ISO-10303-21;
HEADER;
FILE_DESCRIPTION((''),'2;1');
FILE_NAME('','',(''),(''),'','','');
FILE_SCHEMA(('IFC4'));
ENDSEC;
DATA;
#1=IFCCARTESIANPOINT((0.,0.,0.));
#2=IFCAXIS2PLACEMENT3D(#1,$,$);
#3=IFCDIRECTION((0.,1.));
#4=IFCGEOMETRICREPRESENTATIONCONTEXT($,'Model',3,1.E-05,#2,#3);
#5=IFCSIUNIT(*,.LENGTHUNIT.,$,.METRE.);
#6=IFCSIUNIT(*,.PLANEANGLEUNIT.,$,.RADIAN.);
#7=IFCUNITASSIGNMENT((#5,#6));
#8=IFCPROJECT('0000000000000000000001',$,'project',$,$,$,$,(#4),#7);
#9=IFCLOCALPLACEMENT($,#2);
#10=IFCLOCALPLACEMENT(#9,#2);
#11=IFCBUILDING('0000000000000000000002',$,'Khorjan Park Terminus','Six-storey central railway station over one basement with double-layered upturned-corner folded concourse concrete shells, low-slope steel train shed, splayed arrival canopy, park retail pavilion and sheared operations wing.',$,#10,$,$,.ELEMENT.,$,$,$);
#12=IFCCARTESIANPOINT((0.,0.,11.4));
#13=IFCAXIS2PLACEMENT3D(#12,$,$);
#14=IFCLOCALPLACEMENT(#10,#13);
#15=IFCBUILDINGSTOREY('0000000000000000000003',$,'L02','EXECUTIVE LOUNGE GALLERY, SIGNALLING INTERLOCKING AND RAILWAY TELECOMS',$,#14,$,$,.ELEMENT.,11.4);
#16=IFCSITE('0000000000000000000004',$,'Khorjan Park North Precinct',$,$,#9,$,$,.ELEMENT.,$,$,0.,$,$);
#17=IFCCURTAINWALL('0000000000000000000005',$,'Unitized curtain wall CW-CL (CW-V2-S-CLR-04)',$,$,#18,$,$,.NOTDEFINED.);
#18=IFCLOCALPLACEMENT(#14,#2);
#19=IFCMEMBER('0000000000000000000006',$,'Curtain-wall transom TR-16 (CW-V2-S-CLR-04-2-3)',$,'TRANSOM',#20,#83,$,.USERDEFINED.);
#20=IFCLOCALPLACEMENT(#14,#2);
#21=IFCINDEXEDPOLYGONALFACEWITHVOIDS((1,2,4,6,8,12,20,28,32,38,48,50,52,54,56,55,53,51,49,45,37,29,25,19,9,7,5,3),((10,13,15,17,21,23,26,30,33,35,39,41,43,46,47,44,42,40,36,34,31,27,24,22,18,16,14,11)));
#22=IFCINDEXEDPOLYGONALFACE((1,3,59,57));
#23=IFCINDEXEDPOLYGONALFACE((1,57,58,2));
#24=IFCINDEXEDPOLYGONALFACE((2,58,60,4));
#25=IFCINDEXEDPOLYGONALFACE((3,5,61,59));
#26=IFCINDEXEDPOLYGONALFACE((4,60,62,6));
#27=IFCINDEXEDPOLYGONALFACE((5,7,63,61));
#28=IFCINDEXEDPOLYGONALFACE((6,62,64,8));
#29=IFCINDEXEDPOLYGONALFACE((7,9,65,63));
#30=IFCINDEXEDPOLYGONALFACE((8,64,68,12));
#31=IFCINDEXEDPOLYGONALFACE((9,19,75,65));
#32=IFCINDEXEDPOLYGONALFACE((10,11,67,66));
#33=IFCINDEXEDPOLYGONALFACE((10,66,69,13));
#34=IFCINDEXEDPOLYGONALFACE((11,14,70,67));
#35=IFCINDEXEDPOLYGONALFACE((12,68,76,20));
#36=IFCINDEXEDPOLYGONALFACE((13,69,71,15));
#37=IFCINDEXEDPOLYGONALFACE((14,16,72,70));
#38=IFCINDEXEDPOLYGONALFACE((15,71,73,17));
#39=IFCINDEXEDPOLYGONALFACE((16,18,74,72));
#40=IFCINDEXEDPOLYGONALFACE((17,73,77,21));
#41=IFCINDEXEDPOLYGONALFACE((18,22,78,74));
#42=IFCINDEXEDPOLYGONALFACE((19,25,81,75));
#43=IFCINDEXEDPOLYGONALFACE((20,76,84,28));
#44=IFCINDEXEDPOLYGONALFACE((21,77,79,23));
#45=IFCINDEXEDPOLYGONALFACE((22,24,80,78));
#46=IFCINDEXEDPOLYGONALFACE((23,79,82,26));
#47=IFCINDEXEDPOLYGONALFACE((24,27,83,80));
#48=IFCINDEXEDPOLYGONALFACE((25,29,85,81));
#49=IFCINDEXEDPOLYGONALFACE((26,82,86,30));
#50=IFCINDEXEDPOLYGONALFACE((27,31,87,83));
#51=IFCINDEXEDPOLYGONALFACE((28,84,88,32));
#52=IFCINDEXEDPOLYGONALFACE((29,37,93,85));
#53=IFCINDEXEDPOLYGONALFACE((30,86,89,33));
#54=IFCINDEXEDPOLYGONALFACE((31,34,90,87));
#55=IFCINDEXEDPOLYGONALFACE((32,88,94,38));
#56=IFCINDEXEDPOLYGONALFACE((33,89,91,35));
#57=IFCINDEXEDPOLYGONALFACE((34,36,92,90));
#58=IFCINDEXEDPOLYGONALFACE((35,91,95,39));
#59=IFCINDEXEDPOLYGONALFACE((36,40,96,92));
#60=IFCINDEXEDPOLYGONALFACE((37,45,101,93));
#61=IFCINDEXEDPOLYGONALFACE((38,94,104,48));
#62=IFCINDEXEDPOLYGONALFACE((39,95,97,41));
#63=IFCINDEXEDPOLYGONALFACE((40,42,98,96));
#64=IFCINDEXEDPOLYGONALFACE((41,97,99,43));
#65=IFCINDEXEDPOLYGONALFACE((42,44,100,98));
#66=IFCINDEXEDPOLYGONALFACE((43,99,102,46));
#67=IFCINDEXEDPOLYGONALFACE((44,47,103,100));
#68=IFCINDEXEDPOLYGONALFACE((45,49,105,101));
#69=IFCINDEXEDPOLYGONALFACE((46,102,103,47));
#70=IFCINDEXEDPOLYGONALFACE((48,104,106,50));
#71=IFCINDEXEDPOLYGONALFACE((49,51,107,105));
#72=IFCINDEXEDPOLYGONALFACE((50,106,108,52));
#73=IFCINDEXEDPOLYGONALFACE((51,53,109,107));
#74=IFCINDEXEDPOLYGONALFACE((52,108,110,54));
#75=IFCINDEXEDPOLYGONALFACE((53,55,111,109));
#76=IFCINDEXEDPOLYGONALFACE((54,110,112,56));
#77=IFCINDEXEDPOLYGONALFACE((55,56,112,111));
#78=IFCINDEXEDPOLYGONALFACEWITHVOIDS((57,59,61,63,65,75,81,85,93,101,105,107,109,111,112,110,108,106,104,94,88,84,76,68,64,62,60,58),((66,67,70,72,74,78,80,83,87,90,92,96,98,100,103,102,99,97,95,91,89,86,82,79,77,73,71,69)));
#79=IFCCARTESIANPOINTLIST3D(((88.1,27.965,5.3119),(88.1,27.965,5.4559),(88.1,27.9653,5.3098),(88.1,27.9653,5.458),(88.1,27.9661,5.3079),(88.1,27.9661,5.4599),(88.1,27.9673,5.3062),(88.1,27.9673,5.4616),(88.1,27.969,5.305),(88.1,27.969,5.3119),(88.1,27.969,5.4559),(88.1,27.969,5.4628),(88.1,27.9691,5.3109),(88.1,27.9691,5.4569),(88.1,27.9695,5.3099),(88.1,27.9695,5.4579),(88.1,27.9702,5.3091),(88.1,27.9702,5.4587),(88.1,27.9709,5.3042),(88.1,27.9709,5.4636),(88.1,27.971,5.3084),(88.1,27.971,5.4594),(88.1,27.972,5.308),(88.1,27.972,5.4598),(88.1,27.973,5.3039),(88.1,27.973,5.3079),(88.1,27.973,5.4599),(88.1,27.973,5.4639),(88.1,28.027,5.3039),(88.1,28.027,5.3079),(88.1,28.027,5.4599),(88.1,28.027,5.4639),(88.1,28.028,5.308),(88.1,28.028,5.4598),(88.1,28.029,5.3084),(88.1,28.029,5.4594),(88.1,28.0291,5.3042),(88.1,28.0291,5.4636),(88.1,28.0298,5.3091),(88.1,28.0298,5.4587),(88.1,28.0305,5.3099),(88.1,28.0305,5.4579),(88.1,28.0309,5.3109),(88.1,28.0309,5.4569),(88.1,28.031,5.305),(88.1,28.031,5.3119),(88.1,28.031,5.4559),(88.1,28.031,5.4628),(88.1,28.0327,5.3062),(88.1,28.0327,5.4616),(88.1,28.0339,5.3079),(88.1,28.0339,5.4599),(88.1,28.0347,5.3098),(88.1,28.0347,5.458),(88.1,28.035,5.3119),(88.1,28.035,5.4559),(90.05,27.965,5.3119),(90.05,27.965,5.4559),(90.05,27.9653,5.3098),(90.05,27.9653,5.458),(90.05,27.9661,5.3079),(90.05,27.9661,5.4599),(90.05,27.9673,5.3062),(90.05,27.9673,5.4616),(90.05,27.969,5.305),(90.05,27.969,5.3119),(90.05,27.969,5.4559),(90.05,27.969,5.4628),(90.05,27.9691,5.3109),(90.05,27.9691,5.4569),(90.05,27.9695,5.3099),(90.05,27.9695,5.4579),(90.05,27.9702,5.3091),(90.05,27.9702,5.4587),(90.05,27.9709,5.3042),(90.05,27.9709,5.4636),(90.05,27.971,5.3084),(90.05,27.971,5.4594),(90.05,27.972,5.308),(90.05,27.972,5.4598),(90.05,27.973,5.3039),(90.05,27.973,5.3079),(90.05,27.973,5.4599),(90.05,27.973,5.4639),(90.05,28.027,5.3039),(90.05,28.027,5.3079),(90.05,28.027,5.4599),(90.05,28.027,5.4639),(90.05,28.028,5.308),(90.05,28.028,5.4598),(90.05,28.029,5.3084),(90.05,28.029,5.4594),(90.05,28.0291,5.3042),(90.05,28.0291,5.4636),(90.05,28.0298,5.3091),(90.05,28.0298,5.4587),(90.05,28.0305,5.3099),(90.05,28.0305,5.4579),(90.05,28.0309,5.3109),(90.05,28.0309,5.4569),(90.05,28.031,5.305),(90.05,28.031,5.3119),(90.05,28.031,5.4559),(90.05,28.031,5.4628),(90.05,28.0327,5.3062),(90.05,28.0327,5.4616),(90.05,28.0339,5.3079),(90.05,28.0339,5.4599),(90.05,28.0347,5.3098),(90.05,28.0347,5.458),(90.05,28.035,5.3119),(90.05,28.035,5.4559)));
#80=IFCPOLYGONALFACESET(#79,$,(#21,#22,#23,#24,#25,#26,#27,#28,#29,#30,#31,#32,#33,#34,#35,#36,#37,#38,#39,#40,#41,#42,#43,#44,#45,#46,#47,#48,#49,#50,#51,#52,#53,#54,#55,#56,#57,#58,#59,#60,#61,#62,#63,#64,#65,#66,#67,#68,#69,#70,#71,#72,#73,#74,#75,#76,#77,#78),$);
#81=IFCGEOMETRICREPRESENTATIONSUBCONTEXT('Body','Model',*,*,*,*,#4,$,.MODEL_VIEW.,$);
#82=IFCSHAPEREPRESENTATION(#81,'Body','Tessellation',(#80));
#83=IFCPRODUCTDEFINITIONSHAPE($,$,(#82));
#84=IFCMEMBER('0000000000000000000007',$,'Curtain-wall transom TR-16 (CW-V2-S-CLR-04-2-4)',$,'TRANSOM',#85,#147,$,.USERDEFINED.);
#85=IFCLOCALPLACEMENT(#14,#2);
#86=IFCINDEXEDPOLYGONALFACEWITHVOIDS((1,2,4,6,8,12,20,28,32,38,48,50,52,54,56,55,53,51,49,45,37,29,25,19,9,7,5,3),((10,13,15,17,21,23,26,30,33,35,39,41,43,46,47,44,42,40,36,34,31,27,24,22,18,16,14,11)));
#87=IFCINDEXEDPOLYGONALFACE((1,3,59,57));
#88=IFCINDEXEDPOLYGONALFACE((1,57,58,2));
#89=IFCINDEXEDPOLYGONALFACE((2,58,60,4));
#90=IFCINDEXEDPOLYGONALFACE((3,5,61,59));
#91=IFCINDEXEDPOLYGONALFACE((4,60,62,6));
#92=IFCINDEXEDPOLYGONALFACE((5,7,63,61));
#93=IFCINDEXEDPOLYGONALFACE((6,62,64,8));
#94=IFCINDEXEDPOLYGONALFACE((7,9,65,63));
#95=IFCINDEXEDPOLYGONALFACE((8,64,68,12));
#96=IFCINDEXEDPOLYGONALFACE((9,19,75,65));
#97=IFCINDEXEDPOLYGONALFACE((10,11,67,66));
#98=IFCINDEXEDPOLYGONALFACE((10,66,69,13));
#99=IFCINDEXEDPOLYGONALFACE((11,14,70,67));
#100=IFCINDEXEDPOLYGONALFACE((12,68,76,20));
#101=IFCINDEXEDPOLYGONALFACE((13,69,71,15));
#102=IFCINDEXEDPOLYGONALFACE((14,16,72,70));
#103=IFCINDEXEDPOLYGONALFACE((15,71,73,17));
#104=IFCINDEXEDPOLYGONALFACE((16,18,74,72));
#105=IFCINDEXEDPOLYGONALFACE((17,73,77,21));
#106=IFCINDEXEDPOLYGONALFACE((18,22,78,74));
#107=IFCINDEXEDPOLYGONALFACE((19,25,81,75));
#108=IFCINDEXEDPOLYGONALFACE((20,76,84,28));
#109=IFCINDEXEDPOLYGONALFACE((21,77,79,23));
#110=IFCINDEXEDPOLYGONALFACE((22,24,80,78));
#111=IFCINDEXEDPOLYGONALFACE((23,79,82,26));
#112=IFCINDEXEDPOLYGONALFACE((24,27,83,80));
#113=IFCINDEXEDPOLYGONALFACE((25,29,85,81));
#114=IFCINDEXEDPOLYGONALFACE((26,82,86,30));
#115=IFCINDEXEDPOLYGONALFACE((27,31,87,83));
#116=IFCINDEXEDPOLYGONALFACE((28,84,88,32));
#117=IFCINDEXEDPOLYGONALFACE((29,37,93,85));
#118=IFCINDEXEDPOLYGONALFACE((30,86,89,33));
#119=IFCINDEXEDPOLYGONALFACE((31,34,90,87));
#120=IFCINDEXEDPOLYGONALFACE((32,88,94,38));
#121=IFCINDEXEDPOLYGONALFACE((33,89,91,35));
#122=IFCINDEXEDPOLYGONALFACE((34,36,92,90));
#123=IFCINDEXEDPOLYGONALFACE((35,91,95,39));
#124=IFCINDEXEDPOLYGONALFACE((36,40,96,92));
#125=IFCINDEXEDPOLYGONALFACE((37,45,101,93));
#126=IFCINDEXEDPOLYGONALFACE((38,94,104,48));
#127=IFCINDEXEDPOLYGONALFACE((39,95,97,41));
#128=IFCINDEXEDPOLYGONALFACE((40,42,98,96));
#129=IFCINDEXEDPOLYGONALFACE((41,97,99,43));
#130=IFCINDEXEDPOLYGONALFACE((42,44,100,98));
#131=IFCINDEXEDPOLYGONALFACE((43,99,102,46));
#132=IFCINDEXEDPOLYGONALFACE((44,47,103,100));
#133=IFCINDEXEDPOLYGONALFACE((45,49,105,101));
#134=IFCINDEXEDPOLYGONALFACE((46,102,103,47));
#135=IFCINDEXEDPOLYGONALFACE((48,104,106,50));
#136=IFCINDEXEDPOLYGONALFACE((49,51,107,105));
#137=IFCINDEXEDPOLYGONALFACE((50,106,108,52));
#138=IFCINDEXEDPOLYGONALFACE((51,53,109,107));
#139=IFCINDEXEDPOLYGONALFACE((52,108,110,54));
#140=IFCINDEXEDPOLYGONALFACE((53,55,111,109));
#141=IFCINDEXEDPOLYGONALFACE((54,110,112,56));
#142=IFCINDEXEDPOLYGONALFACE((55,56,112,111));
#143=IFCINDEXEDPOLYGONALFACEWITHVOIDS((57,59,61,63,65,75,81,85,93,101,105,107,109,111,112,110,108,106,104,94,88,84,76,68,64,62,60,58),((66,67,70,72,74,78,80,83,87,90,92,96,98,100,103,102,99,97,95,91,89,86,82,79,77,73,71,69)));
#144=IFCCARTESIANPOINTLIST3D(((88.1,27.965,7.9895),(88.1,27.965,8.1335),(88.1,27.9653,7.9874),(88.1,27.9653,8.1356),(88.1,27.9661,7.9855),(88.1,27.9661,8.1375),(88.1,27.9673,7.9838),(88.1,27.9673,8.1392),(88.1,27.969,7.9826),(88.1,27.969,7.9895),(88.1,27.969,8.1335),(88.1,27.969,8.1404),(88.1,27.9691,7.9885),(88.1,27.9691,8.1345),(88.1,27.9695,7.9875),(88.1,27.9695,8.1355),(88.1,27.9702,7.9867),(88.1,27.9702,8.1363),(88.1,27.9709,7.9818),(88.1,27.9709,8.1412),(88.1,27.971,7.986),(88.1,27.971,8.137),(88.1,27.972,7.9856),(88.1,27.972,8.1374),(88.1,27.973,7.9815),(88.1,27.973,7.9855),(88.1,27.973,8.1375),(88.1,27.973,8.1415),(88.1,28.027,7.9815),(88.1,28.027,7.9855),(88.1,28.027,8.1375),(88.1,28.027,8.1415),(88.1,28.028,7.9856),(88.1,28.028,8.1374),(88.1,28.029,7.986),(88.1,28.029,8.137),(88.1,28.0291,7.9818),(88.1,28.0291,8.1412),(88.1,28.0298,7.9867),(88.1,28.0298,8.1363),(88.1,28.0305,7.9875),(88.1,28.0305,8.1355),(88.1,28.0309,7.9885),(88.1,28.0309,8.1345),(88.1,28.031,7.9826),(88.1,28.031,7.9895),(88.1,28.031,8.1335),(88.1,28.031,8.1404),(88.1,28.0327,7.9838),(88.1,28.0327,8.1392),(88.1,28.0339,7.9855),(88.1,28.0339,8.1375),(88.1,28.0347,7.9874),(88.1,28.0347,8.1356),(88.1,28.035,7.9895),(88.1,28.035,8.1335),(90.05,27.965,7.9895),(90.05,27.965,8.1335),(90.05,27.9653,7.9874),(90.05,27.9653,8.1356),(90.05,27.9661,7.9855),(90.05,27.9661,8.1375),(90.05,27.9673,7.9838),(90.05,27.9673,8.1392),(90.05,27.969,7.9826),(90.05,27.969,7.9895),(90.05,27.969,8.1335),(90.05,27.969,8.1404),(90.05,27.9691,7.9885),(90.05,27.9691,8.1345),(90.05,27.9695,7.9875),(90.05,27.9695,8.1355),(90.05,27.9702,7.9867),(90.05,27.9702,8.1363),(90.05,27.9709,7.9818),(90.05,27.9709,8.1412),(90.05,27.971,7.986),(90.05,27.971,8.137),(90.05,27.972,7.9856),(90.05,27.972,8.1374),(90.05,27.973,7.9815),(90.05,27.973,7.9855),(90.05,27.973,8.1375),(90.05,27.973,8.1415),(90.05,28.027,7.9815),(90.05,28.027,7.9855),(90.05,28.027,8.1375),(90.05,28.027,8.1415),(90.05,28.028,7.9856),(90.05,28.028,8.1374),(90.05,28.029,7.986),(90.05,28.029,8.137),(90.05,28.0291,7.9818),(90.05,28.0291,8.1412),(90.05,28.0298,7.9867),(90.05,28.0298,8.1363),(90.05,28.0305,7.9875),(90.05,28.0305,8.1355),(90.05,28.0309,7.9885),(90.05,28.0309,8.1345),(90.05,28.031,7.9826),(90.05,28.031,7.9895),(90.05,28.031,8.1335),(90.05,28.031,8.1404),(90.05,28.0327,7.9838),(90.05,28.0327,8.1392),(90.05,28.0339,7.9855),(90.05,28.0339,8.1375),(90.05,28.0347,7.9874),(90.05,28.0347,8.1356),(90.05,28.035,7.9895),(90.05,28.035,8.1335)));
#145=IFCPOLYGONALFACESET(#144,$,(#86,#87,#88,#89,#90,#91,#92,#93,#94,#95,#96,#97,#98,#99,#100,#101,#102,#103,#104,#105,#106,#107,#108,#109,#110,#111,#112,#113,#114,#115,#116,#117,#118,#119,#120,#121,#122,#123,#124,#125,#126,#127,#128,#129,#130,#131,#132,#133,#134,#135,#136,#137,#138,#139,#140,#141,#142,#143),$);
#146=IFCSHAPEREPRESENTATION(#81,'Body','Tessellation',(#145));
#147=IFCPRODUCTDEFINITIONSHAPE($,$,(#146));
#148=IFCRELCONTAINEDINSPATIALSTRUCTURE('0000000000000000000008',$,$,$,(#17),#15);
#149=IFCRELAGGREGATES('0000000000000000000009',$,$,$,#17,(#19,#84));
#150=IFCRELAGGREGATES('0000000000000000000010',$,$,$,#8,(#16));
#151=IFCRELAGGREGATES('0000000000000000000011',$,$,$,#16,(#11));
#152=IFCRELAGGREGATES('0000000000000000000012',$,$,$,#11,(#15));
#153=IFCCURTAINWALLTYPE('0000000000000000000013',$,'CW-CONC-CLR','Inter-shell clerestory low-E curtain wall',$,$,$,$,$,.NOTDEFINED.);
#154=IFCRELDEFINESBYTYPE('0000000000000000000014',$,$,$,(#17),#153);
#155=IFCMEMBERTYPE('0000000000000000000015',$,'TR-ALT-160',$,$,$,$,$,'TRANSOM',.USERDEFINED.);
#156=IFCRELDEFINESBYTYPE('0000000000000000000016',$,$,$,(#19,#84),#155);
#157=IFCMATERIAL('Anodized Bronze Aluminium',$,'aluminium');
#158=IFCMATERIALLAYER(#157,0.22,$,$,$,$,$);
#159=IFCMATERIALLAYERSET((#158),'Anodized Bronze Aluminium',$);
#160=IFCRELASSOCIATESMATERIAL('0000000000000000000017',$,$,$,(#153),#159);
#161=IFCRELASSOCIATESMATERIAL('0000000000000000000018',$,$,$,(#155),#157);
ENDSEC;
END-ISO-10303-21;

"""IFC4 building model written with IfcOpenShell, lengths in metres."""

from ifc_helpers import new_model, si_unit, direction, frame, origin, origin_2d, place, context, subcontext, project, spatial, hollow_rectangle, extrude, material, layer, layer_set, material_profile, profile_set, type_object, element, aggregate, save


model = new_model("IFC4")

# Units and contexts
model_context = context("Model", 3, precision=1e-05, world=origin(), true_north=direction((0.0, 1.0)))
body_context = subcontext(model_context, "Body", "Model", "MODEL_VIEW")
ifc_project = project(units=[si_unit("LENGTHUNIT", "METRE"), si_unit("PLANEANGLEUNIT", "RADIAN")], contexts=[model_context])

# Site, building, storey
site_placement = place(None, origin())
site = spatial("IfcSite", under=ifc_project, at=site_placement, Name="Khorjan Park North Precinct", CompositionType="ELEMENT", RefElevation=0.0)
building_placement = place(site_placement, origin())
building = spatial("IfcBuilding", under=site, at=building_placement, Name="Khorjan Park Terminus", Description="Six-storey central railway station over one basement with double-layered upturned-corner folded concourse concrete shells, low-slope steel train shed, splayed arrival canopy, park retail pavilion and sheared operations wing.", CompositionType="ELEMENT")
storey_placement = place(building_placement, frame((0.0, 0.0, 11.4)))
storey = spatial("IfcBuildingStorey", under=building, at=storey_placement, Name="L02", Description="EXECUTIVE LOUNGE GALLERY, SIGNALLING INTERLOCKING AND RAILWAY TELECOMS", CompositionType="ELEMENT", Elevation=11.4)

# Curtain wall
ifc_material_1 = material(Name="Anodized Bronze Aluminium", Category="aluminium")
ifc_layer_1 = layer(ifc_material_1, 0.22)
ifc_layer_set_1 = layer_set([ifc_layer_1], Name="Anodized Bronze Aluminium")
curtain_wall_type = type_object("IfcCurtainWallType", Name="CW-CONC-CLR", Description="Inter-shell clerestory low-E curtain wall", PredefinedType="NOTDEFINED", material=ifc_layer_set_1)
curtain_wall_1_placement = place(storey_placement, origin())
curtain_wall_1 = element("IfcCurtainWall", 1, at=curtain_wall_1_placement, inside=storey, type_object=curtain_wall_type, Name="Unitized curtain wall CW-CL (CW-V2-S-CLR-04)", PredefinedType="NOTDEFINED")

# Members
ifc_material_profile_1 = material_profile(ifc_material_1, hollow_rectangle(XDim=0.07, YDim=0.16, WallThickness=0.004, InnerFilletRadius=0.004, OuterFilletRadius=0.008, at=origin_2d()), Name="ALT 70x160x4")
ifc_profile_set_1 = profile_set([ifc_material_profile_1], Name="Anodized Bronze Aluminium")
member_type_1 = type_object("IfcMemberType", Name="TR-ALT-160", ElementType="TRANSOM", PredefinedType="USERDEFINED", material=ifc_profile_set_1)
member_1_placement = place(storey_placement, frame((88.1, 28.0, 5.3839), z_axis=(1.0, 0.0, 0.0), x_axis=(0.0, 1.0, 0.0)))
member_1 = element("IfcMember", 2, at=member_1_placement, type_object=member_type_1, Name="Curtain-wall transom TR-16 (CW-V2-S-CLR-04-2-3)", ObjectType="TRANSOM", PredefinedType="USERDEFINED", context=body_context, shape_type="SweptSolid", body=[
    extrude(hollow_rectangle(XDim=0.07, YDim=0.16, WallThickness=0.004, InnerFilletRadius=0.004, OuterFilletRadius=0.008, at=origin_2d()), origin(), (0.0, 0.0, 1.0), 1.95),
])
member_2_placement = place(storey_placement, frame((88.1, 28.0, 8.0615), z_axis=(1.0, 0.0, 0.0), x_axis=(0.0, 1.0, 0.0)))
member_2 = element("IfcMember", 3, at=member_2_placement, type_object=member_type_1, Name="Curtain-wall transom TR-16 (CW-V2-S-CLR-04-2-4)", ObjectType="TRANSOM", PredefinedType="USERDEFINED", context=body_context, shape_type="SweptSolid", body=[
    extrude(hollow_rectangle(XDim=0.07, YDim=0.16, WallThickness=0.004, InnerFilletRadius=0.004, OuterFilletRadius=0.008, at=origin_2d()), origin(), (0.0, 0.0, 1.0), 1.95),
])

aggregate(curtain_wall_1, [member_1, member_2])

save(model, "model.ifc")
